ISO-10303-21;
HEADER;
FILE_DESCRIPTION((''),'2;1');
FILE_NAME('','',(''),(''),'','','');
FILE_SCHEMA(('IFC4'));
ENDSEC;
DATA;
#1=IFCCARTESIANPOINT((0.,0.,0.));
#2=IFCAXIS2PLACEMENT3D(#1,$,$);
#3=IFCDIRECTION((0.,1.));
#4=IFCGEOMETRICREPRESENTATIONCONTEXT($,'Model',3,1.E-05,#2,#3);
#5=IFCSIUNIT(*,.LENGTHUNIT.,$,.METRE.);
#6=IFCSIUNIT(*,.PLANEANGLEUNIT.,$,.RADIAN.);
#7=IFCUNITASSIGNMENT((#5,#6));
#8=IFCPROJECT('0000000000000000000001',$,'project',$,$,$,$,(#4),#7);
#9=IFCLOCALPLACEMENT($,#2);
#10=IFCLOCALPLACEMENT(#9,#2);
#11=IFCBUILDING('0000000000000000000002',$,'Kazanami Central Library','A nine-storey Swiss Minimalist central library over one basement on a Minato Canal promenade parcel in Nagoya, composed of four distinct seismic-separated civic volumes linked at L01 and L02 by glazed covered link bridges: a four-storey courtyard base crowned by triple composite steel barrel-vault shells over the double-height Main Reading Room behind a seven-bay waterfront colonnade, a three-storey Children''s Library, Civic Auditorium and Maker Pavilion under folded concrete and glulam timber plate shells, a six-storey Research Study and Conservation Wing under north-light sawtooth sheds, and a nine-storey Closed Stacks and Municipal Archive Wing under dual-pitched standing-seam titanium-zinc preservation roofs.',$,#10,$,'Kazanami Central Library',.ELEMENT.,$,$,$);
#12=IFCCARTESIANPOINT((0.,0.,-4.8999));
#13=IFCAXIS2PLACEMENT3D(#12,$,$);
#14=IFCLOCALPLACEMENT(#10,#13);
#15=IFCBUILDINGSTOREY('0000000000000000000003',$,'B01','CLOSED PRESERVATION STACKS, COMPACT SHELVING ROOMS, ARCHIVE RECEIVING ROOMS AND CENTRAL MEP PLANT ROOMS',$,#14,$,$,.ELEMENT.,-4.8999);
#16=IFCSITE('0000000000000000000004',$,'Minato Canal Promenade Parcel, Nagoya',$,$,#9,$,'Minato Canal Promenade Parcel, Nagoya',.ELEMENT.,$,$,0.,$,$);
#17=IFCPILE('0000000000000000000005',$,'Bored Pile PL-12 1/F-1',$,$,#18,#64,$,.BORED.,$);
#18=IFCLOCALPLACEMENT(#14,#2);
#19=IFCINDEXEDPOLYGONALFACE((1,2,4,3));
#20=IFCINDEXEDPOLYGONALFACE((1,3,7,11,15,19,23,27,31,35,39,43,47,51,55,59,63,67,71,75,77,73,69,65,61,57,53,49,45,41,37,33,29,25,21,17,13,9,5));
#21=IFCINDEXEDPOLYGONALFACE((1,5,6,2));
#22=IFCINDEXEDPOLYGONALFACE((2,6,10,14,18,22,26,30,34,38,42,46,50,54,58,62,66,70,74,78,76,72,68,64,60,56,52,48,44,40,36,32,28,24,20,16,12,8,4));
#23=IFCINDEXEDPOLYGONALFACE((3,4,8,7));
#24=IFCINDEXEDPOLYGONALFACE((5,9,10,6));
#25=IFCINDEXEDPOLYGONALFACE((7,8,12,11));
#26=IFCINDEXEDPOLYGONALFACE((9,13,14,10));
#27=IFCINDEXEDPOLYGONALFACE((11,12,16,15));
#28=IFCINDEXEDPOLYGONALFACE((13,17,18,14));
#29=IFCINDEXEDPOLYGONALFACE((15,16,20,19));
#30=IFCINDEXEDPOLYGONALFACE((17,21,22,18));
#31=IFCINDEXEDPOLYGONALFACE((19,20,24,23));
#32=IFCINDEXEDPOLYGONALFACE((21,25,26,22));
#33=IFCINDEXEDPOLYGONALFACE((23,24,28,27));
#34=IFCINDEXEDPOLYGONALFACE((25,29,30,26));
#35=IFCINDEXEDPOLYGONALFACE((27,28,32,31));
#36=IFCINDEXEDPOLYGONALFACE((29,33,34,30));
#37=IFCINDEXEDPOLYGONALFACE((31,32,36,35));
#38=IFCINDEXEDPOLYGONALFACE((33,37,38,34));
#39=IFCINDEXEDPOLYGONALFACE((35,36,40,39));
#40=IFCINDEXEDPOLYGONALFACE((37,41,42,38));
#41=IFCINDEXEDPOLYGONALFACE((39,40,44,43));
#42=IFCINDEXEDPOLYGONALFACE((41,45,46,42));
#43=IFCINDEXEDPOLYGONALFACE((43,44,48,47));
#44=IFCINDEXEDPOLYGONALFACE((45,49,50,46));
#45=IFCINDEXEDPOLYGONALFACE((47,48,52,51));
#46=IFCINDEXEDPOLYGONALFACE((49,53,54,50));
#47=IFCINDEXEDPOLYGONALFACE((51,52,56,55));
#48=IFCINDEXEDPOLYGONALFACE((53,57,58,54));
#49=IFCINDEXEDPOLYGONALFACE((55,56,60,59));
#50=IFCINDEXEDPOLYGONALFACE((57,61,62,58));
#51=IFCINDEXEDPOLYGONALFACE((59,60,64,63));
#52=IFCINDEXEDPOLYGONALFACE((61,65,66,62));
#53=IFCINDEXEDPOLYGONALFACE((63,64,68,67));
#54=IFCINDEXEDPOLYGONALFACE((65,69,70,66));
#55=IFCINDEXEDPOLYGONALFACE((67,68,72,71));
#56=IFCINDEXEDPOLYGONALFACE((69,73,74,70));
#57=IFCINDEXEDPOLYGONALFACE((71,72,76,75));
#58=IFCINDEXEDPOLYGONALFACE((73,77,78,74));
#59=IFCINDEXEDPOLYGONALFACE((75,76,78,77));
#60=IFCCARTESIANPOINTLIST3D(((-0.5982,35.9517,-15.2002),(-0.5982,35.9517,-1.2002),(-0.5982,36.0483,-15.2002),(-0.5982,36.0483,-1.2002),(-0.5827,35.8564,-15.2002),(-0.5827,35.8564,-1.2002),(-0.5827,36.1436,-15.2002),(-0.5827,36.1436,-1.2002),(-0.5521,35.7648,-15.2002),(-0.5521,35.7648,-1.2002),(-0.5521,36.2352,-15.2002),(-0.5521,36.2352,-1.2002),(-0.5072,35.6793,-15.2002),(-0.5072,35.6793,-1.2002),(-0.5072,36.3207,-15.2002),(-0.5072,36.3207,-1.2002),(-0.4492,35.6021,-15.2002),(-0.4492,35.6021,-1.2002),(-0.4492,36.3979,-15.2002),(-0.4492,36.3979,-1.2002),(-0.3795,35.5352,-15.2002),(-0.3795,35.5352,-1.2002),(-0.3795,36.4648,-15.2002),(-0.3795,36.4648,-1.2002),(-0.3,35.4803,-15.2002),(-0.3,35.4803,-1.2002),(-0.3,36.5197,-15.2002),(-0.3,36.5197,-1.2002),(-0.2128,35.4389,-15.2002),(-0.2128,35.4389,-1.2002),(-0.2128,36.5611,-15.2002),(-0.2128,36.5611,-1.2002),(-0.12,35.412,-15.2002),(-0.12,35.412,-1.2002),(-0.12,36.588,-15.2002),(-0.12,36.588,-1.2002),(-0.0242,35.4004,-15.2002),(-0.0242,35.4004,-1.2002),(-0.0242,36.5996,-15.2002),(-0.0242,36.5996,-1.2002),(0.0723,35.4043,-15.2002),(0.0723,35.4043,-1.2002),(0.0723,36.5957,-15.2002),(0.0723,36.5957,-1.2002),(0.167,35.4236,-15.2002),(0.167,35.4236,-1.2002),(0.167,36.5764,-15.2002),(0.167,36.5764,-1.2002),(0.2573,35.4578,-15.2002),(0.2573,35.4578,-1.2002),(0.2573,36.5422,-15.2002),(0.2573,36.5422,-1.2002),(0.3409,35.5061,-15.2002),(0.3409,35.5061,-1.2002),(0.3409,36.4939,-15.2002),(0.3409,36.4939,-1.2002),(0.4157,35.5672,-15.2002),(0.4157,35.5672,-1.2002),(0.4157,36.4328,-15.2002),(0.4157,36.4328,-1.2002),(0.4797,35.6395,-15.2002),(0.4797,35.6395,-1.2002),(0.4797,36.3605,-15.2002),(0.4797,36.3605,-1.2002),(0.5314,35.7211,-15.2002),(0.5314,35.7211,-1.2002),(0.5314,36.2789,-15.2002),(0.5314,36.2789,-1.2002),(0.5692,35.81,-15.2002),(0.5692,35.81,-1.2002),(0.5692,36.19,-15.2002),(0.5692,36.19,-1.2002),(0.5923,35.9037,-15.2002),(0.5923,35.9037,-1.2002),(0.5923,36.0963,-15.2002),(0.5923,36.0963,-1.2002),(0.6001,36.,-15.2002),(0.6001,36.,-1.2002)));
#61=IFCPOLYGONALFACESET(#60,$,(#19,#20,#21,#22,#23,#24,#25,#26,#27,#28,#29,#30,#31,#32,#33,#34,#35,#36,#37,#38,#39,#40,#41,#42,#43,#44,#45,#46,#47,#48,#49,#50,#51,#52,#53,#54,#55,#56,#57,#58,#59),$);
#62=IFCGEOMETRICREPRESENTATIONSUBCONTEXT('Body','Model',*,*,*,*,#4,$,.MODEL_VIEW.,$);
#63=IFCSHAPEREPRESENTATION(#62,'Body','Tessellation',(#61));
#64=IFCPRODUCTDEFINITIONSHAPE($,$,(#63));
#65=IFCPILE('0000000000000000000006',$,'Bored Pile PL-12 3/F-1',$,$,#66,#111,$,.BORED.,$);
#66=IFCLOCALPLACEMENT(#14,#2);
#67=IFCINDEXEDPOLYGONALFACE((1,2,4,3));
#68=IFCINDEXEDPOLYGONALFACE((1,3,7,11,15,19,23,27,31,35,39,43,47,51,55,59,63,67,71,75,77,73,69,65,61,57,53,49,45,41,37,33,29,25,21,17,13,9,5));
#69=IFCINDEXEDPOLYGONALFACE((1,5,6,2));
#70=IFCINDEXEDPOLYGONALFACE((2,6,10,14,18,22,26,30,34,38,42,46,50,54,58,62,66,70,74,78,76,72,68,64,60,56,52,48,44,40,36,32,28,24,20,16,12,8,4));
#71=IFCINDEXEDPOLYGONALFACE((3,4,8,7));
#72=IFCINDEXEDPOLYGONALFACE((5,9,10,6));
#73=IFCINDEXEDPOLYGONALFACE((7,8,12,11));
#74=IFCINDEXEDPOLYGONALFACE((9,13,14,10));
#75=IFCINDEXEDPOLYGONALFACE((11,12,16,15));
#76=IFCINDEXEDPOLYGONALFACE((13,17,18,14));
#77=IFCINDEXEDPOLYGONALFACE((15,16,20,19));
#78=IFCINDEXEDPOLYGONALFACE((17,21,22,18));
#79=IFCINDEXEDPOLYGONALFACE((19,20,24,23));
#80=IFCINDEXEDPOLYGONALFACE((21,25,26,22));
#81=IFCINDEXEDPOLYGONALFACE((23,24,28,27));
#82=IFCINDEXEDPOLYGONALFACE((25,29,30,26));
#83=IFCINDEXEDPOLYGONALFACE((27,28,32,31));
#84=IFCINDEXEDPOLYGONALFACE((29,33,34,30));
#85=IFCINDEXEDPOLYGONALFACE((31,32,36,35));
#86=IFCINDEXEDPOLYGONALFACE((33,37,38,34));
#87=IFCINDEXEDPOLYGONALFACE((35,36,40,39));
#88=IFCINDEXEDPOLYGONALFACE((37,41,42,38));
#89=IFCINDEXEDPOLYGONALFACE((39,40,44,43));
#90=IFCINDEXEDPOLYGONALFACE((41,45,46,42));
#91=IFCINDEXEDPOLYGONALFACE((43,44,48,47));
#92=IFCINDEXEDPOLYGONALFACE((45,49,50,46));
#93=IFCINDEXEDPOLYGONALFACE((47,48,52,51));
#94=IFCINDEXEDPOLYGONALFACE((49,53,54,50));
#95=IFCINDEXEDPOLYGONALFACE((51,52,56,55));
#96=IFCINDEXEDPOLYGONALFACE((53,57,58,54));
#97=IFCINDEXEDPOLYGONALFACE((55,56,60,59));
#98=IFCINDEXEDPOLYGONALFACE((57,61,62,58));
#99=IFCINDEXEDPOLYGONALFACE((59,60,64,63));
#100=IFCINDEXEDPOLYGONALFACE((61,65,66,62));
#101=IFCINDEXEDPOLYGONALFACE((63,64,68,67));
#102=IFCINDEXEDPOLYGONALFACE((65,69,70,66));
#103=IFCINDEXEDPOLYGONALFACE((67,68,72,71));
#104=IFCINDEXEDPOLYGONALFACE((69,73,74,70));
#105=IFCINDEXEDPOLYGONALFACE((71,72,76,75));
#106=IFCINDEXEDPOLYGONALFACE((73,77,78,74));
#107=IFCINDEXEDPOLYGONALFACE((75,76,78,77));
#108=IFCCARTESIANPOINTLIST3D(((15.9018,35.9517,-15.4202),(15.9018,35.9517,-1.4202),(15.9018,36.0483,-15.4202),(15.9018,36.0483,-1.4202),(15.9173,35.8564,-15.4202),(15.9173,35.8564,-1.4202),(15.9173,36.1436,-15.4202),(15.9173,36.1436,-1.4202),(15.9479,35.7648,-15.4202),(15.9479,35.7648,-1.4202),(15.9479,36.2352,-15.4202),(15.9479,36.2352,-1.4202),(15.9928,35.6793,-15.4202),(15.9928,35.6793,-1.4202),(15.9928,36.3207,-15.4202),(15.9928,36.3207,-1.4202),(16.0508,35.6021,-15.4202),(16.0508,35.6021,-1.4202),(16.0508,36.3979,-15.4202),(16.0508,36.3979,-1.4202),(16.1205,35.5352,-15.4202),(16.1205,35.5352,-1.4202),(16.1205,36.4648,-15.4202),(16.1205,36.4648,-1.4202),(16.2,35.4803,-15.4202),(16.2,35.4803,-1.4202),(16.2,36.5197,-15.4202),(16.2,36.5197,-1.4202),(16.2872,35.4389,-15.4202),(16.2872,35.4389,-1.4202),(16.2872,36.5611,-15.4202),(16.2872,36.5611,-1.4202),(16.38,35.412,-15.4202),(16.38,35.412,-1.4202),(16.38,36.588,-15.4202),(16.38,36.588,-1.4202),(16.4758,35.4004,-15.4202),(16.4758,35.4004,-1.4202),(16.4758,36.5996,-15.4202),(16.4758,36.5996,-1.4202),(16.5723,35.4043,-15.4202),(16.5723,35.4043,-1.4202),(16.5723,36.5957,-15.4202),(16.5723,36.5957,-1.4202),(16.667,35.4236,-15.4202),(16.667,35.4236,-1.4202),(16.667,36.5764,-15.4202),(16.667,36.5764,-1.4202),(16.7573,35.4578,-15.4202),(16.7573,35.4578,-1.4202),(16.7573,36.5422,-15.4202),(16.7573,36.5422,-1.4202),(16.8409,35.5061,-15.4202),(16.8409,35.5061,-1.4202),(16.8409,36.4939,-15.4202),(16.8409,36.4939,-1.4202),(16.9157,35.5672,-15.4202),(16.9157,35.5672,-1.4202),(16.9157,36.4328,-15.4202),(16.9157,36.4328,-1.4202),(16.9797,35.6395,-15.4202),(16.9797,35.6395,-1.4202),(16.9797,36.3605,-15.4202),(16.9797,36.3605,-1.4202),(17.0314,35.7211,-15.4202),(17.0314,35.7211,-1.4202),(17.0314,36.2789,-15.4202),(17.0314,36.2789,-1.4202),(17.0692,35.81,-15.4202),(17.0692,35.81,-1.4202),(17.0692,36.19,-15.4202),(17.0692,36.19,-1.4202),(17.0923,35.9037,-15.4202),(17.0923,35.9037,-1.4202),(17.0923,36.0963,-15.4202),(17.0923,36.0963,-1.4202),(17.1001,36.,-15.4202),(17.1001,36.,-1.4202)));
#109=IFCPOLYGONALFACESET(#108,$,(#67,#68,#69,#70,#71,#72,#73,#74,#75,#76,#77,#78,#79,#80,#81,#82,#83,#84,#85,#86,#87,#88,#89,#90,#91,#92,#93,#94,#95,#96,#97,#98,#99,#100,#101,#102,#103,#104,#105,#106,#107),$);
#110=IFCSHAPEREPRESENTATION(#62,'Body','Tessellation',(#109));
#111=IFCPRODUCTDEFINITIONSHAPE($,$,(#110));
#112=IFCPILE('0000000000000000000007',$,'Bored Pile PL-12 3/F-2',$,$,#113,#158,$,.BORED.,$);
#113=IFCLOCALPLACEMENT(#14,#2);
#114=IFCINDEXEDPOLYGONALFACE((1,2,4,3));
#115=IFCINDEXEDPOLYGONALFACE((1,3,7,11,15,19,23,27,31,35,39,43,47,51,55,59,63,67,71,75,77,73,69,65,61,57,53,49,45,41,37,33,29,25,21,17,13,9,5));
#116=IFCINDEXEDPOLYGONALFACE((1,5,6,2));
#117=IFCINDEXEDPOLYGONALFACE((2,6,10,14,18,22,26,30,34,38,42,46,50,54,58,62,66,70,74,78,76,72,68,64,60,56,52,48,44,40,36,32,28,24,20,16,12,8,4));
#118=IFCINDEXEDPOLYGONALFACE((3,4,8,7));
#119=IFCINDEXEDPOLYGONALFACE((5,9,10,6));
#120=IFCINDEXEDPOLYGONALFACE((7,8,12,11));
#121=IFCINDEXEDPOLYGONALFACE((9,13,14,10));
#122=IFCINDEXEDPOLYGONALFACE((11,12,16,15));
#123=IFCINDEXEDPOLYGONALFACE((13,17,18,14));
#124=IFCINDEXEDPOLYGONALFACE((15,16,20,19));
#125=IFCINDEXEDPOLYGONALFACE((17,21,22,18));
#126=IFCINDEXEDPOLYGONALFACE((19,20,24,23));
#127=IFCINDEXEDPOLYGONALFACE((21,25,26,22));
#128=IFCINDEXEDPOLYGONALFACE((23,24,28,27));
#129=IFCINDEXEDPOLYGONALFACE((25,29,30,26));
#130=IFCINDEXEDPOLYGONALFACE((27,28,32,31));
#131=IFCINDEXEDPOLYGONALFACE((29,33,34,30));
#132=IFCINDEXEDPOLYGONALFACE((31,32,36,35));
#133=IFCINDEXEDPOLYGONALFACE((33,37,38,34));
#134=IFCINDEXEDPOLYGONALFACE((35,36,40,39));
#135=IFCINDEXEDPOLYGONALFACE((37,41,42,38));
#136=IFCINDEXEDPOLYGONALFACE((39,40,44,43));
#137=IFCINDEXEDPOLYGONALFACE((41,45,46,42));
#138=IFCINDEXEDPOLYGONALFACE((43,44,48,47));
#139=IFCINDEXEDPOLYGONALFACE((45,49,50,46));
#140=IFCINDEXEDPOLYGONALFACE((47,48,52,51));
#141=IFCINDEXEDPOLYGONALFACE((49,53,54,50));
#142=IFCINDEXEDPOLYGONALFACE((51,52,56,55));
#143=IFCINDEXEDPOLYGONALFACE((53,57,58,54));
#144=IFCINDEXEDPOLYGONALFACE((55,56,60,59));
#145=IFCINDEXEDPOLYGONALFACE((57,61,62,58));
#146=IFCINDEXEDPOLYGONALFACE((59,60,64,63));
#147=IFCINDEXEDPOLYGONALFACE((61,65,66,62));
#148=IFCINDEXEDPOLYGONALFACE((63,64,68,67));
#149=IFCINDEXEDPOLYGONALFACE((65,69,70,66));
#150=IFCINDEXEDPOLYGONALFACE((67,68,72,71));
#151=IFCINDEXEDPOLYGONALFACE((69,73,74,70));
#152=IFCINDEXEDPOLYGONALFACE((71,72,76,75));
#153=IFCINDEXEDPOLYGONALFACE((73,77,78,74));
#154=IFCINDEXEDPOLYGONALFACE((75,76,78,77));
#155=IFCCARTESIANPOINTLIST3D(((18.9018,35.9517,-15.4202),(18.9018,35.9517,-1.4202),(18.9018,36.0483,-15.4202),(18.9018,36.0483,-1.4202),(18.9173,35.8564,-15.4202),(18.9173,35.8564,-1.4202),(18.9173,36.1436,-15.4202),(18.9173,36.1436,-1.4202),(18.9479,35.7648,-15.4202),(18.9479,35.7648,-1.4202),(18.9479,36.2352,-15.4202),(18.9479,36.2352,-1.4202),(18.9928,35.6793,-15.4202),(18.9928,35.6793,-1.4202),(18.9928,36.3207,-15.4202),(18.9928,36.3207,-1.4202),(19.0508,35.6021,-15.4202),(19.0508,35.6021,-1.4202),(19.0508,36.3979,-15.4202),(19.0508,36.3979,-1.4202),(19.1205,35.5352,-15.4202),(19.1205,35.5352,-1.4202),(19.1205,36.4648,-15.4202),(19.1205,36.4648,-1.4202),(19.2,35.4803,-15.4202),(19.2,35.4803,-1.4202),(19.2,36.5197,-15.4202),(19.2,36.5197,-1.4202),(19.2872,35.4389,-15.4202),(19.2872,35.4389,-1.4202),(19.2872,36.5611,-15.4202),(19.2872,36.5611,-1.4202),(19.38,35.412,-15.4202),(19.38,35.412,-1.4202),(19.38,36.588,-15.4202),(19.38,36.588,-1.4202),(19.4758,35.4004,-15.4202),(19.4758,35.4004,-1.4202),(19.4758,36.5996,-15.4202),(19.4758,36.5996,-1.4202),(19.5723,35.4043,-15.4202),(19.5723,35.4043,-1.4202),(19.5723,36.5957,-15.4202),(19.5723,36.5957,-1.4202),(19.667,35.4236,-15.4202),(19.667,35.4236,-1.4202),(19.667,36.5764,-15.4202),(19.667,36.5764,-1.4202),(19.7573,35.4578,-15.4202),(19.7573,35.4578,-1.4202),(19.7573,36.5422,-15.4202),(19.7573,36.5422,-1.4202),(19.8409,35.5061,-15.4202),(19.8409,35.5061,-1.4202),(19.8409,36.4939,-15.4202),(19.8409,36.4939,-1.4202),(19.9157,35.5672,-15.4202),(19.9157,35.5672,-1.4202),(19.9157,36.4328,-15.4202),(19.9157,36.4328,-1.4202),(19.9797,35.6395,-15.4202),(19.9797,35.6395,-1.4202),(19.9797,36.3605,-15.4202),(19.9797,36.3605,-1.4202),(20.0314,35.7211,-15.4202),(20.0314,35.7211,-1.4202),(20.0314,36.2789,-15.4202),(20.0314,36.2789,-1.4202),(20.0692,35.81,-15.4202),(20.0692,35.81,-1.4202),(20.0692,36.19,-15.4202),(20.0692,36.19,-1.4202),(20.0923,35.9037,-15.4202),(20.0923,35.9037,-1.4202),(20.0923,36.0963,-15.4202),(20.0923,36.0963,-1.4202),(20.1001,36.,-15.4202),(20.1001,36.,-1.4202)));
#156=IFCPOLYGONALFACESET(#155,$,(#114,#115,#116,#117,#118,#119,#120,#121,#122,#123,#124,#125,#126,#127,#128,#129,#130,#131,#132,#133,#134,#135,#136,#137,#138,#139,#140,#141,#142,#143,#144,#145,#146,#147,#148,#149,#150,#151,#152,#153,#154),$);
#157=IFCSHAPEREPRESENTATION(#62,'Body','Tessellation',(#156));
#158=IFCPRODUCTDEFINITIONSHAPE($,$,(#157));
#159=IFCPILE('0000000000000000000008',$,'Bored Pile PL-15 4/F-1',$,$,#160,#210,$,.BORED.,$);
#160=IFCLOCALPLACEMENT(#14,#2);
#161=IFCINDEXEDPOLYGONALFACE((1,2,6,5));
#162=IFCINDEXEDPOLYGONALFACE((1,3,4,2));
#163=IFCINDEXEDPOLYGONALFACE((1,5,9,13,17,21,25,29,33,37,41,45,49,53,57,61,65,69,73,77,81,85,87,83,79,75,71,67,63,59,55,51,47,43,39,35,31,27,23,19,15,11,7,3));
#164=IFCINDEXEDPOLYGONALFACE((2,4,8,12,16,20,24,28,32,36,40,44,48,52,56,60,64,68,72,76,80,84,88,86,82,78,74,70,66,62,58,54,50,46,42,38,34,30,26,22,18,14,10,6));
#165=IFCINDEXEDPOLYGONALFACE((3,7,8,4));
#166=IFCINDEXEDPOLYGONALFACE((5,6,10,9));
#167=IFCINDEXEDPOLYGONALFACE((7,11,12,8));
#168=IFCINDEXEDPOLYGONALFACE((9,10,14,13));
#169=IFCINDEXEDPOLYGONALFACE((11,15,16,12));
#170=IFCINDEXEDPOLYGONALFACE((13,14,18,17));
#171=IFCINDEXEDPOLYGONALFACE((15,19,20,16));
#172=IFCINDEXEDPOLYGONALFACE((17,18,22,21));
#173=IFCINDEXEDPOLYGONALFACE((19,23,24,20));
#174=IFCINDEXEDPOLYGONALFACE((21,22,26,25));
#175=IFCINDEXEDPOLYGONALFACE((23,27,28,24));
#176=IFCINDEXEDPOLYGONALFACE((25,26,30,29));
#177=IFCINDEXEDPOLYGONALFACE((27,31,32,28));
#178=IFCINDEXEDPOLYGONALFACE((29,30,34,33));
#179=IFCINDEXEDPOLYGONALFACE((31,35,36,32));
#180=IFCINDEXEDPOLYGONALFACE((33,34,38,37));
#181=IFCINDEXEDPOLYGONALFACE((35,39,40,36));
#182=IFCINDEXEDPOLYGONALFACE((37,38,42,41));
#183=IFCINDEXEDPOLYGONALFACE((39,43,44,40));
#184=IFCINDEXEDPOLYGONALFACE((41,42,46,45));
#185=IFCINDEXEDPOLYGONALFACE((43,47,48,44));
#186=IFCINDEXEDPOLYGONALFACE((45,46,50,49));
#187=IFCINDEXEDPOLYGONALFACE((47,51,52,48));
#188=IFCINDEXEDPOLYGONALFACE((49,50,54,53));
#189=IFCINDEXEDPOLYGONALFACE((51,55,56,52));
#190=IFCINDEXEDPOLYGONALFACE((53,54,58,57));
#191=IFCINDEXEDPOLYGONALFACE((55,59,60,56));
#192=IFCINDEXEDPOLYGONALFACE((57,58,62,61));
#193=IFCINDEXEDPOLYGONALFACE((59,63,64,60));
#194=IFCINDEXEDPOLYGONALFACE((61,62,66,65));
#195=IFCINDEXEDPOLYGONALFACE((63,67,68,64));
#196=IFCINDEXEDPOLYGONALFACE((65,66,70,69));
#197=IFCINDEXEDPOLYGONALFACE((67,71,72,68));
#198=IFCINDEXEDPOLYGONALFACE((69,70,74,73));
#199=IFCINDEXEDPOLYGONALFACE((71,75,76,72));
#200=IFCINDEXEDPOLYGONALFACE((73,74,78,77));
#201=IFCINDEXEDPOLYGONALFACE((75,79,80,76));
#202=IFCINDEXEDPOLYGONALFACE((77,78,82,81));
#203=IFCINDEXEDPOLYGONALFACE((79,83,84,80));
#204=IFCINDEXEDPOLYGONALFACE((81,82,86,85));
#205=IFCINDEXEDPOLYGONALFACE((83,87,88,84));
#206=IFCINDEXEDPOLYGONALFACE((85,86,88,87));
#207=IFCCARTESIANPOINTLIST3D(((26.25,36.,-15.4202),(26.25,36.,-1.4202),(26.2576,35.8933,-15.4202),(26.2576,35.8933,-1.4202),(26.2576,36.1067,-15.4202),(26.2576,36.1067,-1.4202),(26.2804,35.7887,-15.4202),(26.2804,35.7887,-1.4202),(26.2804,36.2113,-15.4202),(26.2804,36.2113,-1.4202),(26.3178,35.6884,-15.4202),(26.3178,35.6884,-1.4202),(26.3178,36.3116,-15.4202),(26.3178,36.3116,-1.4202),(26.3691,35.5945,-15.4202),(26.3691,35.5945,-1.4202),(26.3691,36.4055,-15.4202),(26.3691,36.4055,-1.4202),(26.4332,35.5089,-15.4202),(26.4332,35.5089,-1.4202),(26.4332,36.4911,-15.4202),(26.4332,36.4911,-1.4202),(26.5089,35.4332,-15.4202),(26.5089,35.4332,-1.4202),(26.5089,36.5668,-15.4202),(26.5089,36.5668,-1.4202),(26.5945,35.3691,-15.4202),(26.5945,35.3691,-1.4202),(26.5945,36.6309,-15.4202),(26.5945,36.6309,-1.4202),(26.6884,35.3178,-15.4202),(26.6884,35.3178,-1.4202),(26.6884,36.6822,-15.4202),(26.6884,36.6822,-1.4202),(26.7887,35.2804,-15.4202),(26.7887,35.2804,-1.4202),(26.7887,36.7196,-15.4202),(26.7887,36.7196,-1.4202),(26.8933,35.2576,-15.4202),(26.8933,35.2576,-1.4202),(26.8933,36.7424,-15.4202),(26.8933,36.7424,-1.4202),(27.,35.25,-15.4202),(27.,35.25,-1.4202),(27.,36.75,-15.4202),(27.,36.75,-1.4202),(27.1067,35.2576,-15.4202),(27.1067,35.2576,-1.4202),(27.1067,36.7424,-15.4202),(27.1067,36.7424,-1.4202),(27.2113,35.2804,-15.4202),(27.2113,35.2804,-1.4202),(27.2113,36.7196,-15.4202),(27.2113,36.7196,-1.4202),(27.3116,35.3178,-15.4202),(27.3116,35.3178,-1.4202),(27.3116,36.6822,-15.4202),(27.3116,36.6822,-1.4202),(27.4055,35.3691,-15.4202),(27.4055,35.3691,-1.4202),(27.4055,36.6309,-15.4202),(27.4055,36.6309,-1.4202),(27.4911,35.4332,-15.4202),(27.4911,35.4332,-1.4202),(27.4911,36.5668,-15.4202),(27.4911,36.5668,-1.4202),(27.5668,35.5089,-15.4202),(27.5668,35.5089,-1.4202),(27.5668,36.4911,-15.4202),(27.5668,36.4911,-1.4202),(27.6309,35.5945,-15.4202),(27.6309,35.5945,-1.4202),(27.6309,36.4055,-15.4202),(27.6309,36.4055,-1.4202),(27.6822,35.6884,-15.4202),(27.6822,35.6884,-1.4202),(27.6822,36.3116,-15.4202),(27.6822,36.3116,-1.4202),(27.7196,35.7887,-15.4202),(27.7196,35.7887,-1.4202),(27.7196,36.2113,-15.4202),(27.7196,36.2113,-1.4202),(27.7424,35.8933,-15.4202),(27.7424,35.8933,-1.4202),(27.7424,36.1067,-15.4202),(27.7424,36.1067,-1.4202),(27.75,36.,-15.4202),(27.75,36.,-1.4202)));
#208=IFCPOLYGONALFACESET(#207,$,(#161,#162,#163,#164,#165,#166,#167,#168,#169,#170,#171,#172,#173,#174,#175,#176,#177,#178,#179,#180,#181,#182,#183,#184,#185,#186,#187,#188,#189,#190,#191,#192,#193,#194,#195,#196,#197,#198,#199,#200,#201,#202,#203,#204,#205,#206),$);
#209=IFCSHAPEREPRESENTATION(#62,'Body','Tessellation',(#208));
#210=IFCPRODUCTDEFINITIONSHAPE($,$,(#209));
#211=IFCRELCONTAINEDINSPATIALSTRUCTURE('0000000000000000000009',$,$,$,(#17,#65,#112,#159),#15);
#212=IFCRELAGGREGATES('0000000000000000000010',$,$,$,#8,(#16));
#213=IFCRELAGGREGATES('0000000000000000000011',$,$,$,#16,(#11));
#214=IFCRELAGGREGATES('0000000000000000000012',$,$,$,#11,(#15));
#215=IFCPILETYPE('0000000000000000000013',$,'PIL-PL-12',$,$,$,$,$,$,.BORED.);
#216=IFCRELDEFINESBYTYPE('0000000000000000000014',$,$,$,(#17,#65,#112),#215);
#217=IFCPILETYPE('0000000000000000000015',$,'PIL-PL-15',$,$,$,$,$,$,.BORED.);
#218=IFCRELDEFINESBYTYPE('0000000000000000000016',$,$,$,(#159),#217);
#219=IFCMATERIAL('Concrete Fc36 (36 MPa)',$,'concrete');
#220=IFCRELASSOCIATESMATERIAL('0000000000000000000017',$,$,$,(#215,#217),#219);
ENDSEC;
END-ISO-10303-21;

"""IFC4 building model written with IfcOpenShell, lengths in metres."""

from ifc_helpers import new_model, si_unit, direction, frame, origin, origin_2d, place, context, subcontext, project, spatial, circle, extrude, material, material_profile, profile_set, type_object, element, save


model = new_model("IFC4")

# Units and contexts
model_context = context("Model", 3, precision=1e-05, world=origin(), true_north=direction((0.0, 1.0)))
body_context = subcontext(model_context, "Body", "Model", "MODEL_VIEW")
ifc_project = project(units=[si_unit("LENGTHUNIT", "METRE"), si_unit("PLANEANGLEUNIT", "RADIAN")], contexts=[model_context])

# Site, building, storey
site_placement = place(None, origin())
site = spatial("IfcSite", under=ifc_project, at=site_placement, Name="Minato Canal Promenade Parcel, Nagoya", LongName="Minato Canal Promenade Parcel, Nagoya", CompositionType="ELEMENT", RefElevation=0.0)
building_placement = place(site_placement, origin())
building = spatial("IfcBuilding", under=site, at=building_placement, Name="Kazanami Central Library", Description="A nine-storey Swiss Minimalist central library over one basement on a Minato Canal promenade parcel in Nagoya, composed of four distinct seismic-separated civic volumes linked at L01 and L02 by glazed covered link bridges: a four-storey courtyard base crowned by triple composite steel barrel-vault shells over the double-height Main Reading Room behind a seven-bay waterfront colonnade, a three-storey Children's Library, Civic Auditorium and Maker Pavilion under folded concrete and glulam timber plate shells, a six-storey Research Study and Conservation Wing under north-light sawtooth sheds, and a nine-storey Closed Stacks and Municipal Archive Wing under dual-pitched standing-seam titanium-zinc preservation roofs.", LongName="Kazanami Central Library", CompositionType="ELEMENT")
storey_placement = place(building_placement, frame((0.0, 0.0, -4.8999)))
storey = spatial("IfcBuildingStorey", under=building, at=storey_placement, Name="B01", Description="CLOSED PRESERVATION STACKS, COMPACT SHELVING ROOMS, ARCHIVE RECEIVING ROOMS AND CENTRAL MEP PLANT ROOMS", CompositionType="ELEMENT", Elevation=-4.8999)

# Shared definitions
ifc_material_1 = material(Name="Concrete Fc36 (36 MPa)", Category="concrete")

# Piles
ifc_material_profile_1 = material_profile(ifc_material_1, circle(Radius=0.6001, at=origin_2d()), Name="BORED-D1200")
ifc_profile_set_1 = profile_set([ifc_material_profile_1], Name="Concrete Fc36 (36 MPa)")
pile_type_1 = type_object("IfcPileType", Name="PIL-PL-12", PredefinedType="BORED", material=ifc_profile_set_1)
for number, where, z_axis, x_axis, name in (
    (1, (0.0, 36.0, -1.2002), (0.0, 0.0, -1.0), (1.0, 0.0, 0.0), "Bored Pile PL-12 1/F-1"),
    (2, (16.5, 36.0, -1.4202), (0.0, 0.0, -1.0), (1.0, 0.0, 0.0), "Bored Pile PL-12 3/F-1"),
    (3, (19.5, 36.0, -1.4202), (0.0, 0.0, -1.0), (1.0, 0.0, 0.0), "Bored Pile PL-12 3/F-2"),
):
    element("IfcPile", number, at=place(storey_placement, frame(where, z_axis=z_axis, x_axis=x_axis)), inside=storey, type_object=pile_type_1, Name=name, PredefinedType="BORED", context=body_context, shape_type="SweptSolid", body=[
        extrude(circle(Radius=0.6001, at=origin_2d()), origin(), (0.0, 0.0, 1.0), 14.0),
    ])
ifc_material_profile_2 = material_profile(ifc_material_1, circle(Radius=0.75, at=origin_2d()), Name="BORED-D1500")
ifc_profile_set_2 = profile_set([ifc_material_profile_2], Name="Concrete Fc36 (36 MPa)")
pile_type_2 = type_object("IfcPileType", Name="PIL-PL-15", PredefinedType="BORED", material=ifc_profile_set_2)
pile_1_placement = place(storey_placement, frame((27.0, 36.0, -1.4202), z_axis=(0.0, 0.0, -1.0), x_axis=(1.0, 0.0, 0.0)))
element("IfcPile", 4, at=pile_1_placement, inside=storey, type_object=pile_type_2, Name="Bored Pile PL-15 4/F-1", PredefinedType="BORED", context=body_context, shape_type="SweptSolid", body=[
    extrude(circle(Radius=0.75, at=origin_2d()), origin(), (0.0, 0.0, 1.0), 14.0),
])

save(model, "model.ifc")
